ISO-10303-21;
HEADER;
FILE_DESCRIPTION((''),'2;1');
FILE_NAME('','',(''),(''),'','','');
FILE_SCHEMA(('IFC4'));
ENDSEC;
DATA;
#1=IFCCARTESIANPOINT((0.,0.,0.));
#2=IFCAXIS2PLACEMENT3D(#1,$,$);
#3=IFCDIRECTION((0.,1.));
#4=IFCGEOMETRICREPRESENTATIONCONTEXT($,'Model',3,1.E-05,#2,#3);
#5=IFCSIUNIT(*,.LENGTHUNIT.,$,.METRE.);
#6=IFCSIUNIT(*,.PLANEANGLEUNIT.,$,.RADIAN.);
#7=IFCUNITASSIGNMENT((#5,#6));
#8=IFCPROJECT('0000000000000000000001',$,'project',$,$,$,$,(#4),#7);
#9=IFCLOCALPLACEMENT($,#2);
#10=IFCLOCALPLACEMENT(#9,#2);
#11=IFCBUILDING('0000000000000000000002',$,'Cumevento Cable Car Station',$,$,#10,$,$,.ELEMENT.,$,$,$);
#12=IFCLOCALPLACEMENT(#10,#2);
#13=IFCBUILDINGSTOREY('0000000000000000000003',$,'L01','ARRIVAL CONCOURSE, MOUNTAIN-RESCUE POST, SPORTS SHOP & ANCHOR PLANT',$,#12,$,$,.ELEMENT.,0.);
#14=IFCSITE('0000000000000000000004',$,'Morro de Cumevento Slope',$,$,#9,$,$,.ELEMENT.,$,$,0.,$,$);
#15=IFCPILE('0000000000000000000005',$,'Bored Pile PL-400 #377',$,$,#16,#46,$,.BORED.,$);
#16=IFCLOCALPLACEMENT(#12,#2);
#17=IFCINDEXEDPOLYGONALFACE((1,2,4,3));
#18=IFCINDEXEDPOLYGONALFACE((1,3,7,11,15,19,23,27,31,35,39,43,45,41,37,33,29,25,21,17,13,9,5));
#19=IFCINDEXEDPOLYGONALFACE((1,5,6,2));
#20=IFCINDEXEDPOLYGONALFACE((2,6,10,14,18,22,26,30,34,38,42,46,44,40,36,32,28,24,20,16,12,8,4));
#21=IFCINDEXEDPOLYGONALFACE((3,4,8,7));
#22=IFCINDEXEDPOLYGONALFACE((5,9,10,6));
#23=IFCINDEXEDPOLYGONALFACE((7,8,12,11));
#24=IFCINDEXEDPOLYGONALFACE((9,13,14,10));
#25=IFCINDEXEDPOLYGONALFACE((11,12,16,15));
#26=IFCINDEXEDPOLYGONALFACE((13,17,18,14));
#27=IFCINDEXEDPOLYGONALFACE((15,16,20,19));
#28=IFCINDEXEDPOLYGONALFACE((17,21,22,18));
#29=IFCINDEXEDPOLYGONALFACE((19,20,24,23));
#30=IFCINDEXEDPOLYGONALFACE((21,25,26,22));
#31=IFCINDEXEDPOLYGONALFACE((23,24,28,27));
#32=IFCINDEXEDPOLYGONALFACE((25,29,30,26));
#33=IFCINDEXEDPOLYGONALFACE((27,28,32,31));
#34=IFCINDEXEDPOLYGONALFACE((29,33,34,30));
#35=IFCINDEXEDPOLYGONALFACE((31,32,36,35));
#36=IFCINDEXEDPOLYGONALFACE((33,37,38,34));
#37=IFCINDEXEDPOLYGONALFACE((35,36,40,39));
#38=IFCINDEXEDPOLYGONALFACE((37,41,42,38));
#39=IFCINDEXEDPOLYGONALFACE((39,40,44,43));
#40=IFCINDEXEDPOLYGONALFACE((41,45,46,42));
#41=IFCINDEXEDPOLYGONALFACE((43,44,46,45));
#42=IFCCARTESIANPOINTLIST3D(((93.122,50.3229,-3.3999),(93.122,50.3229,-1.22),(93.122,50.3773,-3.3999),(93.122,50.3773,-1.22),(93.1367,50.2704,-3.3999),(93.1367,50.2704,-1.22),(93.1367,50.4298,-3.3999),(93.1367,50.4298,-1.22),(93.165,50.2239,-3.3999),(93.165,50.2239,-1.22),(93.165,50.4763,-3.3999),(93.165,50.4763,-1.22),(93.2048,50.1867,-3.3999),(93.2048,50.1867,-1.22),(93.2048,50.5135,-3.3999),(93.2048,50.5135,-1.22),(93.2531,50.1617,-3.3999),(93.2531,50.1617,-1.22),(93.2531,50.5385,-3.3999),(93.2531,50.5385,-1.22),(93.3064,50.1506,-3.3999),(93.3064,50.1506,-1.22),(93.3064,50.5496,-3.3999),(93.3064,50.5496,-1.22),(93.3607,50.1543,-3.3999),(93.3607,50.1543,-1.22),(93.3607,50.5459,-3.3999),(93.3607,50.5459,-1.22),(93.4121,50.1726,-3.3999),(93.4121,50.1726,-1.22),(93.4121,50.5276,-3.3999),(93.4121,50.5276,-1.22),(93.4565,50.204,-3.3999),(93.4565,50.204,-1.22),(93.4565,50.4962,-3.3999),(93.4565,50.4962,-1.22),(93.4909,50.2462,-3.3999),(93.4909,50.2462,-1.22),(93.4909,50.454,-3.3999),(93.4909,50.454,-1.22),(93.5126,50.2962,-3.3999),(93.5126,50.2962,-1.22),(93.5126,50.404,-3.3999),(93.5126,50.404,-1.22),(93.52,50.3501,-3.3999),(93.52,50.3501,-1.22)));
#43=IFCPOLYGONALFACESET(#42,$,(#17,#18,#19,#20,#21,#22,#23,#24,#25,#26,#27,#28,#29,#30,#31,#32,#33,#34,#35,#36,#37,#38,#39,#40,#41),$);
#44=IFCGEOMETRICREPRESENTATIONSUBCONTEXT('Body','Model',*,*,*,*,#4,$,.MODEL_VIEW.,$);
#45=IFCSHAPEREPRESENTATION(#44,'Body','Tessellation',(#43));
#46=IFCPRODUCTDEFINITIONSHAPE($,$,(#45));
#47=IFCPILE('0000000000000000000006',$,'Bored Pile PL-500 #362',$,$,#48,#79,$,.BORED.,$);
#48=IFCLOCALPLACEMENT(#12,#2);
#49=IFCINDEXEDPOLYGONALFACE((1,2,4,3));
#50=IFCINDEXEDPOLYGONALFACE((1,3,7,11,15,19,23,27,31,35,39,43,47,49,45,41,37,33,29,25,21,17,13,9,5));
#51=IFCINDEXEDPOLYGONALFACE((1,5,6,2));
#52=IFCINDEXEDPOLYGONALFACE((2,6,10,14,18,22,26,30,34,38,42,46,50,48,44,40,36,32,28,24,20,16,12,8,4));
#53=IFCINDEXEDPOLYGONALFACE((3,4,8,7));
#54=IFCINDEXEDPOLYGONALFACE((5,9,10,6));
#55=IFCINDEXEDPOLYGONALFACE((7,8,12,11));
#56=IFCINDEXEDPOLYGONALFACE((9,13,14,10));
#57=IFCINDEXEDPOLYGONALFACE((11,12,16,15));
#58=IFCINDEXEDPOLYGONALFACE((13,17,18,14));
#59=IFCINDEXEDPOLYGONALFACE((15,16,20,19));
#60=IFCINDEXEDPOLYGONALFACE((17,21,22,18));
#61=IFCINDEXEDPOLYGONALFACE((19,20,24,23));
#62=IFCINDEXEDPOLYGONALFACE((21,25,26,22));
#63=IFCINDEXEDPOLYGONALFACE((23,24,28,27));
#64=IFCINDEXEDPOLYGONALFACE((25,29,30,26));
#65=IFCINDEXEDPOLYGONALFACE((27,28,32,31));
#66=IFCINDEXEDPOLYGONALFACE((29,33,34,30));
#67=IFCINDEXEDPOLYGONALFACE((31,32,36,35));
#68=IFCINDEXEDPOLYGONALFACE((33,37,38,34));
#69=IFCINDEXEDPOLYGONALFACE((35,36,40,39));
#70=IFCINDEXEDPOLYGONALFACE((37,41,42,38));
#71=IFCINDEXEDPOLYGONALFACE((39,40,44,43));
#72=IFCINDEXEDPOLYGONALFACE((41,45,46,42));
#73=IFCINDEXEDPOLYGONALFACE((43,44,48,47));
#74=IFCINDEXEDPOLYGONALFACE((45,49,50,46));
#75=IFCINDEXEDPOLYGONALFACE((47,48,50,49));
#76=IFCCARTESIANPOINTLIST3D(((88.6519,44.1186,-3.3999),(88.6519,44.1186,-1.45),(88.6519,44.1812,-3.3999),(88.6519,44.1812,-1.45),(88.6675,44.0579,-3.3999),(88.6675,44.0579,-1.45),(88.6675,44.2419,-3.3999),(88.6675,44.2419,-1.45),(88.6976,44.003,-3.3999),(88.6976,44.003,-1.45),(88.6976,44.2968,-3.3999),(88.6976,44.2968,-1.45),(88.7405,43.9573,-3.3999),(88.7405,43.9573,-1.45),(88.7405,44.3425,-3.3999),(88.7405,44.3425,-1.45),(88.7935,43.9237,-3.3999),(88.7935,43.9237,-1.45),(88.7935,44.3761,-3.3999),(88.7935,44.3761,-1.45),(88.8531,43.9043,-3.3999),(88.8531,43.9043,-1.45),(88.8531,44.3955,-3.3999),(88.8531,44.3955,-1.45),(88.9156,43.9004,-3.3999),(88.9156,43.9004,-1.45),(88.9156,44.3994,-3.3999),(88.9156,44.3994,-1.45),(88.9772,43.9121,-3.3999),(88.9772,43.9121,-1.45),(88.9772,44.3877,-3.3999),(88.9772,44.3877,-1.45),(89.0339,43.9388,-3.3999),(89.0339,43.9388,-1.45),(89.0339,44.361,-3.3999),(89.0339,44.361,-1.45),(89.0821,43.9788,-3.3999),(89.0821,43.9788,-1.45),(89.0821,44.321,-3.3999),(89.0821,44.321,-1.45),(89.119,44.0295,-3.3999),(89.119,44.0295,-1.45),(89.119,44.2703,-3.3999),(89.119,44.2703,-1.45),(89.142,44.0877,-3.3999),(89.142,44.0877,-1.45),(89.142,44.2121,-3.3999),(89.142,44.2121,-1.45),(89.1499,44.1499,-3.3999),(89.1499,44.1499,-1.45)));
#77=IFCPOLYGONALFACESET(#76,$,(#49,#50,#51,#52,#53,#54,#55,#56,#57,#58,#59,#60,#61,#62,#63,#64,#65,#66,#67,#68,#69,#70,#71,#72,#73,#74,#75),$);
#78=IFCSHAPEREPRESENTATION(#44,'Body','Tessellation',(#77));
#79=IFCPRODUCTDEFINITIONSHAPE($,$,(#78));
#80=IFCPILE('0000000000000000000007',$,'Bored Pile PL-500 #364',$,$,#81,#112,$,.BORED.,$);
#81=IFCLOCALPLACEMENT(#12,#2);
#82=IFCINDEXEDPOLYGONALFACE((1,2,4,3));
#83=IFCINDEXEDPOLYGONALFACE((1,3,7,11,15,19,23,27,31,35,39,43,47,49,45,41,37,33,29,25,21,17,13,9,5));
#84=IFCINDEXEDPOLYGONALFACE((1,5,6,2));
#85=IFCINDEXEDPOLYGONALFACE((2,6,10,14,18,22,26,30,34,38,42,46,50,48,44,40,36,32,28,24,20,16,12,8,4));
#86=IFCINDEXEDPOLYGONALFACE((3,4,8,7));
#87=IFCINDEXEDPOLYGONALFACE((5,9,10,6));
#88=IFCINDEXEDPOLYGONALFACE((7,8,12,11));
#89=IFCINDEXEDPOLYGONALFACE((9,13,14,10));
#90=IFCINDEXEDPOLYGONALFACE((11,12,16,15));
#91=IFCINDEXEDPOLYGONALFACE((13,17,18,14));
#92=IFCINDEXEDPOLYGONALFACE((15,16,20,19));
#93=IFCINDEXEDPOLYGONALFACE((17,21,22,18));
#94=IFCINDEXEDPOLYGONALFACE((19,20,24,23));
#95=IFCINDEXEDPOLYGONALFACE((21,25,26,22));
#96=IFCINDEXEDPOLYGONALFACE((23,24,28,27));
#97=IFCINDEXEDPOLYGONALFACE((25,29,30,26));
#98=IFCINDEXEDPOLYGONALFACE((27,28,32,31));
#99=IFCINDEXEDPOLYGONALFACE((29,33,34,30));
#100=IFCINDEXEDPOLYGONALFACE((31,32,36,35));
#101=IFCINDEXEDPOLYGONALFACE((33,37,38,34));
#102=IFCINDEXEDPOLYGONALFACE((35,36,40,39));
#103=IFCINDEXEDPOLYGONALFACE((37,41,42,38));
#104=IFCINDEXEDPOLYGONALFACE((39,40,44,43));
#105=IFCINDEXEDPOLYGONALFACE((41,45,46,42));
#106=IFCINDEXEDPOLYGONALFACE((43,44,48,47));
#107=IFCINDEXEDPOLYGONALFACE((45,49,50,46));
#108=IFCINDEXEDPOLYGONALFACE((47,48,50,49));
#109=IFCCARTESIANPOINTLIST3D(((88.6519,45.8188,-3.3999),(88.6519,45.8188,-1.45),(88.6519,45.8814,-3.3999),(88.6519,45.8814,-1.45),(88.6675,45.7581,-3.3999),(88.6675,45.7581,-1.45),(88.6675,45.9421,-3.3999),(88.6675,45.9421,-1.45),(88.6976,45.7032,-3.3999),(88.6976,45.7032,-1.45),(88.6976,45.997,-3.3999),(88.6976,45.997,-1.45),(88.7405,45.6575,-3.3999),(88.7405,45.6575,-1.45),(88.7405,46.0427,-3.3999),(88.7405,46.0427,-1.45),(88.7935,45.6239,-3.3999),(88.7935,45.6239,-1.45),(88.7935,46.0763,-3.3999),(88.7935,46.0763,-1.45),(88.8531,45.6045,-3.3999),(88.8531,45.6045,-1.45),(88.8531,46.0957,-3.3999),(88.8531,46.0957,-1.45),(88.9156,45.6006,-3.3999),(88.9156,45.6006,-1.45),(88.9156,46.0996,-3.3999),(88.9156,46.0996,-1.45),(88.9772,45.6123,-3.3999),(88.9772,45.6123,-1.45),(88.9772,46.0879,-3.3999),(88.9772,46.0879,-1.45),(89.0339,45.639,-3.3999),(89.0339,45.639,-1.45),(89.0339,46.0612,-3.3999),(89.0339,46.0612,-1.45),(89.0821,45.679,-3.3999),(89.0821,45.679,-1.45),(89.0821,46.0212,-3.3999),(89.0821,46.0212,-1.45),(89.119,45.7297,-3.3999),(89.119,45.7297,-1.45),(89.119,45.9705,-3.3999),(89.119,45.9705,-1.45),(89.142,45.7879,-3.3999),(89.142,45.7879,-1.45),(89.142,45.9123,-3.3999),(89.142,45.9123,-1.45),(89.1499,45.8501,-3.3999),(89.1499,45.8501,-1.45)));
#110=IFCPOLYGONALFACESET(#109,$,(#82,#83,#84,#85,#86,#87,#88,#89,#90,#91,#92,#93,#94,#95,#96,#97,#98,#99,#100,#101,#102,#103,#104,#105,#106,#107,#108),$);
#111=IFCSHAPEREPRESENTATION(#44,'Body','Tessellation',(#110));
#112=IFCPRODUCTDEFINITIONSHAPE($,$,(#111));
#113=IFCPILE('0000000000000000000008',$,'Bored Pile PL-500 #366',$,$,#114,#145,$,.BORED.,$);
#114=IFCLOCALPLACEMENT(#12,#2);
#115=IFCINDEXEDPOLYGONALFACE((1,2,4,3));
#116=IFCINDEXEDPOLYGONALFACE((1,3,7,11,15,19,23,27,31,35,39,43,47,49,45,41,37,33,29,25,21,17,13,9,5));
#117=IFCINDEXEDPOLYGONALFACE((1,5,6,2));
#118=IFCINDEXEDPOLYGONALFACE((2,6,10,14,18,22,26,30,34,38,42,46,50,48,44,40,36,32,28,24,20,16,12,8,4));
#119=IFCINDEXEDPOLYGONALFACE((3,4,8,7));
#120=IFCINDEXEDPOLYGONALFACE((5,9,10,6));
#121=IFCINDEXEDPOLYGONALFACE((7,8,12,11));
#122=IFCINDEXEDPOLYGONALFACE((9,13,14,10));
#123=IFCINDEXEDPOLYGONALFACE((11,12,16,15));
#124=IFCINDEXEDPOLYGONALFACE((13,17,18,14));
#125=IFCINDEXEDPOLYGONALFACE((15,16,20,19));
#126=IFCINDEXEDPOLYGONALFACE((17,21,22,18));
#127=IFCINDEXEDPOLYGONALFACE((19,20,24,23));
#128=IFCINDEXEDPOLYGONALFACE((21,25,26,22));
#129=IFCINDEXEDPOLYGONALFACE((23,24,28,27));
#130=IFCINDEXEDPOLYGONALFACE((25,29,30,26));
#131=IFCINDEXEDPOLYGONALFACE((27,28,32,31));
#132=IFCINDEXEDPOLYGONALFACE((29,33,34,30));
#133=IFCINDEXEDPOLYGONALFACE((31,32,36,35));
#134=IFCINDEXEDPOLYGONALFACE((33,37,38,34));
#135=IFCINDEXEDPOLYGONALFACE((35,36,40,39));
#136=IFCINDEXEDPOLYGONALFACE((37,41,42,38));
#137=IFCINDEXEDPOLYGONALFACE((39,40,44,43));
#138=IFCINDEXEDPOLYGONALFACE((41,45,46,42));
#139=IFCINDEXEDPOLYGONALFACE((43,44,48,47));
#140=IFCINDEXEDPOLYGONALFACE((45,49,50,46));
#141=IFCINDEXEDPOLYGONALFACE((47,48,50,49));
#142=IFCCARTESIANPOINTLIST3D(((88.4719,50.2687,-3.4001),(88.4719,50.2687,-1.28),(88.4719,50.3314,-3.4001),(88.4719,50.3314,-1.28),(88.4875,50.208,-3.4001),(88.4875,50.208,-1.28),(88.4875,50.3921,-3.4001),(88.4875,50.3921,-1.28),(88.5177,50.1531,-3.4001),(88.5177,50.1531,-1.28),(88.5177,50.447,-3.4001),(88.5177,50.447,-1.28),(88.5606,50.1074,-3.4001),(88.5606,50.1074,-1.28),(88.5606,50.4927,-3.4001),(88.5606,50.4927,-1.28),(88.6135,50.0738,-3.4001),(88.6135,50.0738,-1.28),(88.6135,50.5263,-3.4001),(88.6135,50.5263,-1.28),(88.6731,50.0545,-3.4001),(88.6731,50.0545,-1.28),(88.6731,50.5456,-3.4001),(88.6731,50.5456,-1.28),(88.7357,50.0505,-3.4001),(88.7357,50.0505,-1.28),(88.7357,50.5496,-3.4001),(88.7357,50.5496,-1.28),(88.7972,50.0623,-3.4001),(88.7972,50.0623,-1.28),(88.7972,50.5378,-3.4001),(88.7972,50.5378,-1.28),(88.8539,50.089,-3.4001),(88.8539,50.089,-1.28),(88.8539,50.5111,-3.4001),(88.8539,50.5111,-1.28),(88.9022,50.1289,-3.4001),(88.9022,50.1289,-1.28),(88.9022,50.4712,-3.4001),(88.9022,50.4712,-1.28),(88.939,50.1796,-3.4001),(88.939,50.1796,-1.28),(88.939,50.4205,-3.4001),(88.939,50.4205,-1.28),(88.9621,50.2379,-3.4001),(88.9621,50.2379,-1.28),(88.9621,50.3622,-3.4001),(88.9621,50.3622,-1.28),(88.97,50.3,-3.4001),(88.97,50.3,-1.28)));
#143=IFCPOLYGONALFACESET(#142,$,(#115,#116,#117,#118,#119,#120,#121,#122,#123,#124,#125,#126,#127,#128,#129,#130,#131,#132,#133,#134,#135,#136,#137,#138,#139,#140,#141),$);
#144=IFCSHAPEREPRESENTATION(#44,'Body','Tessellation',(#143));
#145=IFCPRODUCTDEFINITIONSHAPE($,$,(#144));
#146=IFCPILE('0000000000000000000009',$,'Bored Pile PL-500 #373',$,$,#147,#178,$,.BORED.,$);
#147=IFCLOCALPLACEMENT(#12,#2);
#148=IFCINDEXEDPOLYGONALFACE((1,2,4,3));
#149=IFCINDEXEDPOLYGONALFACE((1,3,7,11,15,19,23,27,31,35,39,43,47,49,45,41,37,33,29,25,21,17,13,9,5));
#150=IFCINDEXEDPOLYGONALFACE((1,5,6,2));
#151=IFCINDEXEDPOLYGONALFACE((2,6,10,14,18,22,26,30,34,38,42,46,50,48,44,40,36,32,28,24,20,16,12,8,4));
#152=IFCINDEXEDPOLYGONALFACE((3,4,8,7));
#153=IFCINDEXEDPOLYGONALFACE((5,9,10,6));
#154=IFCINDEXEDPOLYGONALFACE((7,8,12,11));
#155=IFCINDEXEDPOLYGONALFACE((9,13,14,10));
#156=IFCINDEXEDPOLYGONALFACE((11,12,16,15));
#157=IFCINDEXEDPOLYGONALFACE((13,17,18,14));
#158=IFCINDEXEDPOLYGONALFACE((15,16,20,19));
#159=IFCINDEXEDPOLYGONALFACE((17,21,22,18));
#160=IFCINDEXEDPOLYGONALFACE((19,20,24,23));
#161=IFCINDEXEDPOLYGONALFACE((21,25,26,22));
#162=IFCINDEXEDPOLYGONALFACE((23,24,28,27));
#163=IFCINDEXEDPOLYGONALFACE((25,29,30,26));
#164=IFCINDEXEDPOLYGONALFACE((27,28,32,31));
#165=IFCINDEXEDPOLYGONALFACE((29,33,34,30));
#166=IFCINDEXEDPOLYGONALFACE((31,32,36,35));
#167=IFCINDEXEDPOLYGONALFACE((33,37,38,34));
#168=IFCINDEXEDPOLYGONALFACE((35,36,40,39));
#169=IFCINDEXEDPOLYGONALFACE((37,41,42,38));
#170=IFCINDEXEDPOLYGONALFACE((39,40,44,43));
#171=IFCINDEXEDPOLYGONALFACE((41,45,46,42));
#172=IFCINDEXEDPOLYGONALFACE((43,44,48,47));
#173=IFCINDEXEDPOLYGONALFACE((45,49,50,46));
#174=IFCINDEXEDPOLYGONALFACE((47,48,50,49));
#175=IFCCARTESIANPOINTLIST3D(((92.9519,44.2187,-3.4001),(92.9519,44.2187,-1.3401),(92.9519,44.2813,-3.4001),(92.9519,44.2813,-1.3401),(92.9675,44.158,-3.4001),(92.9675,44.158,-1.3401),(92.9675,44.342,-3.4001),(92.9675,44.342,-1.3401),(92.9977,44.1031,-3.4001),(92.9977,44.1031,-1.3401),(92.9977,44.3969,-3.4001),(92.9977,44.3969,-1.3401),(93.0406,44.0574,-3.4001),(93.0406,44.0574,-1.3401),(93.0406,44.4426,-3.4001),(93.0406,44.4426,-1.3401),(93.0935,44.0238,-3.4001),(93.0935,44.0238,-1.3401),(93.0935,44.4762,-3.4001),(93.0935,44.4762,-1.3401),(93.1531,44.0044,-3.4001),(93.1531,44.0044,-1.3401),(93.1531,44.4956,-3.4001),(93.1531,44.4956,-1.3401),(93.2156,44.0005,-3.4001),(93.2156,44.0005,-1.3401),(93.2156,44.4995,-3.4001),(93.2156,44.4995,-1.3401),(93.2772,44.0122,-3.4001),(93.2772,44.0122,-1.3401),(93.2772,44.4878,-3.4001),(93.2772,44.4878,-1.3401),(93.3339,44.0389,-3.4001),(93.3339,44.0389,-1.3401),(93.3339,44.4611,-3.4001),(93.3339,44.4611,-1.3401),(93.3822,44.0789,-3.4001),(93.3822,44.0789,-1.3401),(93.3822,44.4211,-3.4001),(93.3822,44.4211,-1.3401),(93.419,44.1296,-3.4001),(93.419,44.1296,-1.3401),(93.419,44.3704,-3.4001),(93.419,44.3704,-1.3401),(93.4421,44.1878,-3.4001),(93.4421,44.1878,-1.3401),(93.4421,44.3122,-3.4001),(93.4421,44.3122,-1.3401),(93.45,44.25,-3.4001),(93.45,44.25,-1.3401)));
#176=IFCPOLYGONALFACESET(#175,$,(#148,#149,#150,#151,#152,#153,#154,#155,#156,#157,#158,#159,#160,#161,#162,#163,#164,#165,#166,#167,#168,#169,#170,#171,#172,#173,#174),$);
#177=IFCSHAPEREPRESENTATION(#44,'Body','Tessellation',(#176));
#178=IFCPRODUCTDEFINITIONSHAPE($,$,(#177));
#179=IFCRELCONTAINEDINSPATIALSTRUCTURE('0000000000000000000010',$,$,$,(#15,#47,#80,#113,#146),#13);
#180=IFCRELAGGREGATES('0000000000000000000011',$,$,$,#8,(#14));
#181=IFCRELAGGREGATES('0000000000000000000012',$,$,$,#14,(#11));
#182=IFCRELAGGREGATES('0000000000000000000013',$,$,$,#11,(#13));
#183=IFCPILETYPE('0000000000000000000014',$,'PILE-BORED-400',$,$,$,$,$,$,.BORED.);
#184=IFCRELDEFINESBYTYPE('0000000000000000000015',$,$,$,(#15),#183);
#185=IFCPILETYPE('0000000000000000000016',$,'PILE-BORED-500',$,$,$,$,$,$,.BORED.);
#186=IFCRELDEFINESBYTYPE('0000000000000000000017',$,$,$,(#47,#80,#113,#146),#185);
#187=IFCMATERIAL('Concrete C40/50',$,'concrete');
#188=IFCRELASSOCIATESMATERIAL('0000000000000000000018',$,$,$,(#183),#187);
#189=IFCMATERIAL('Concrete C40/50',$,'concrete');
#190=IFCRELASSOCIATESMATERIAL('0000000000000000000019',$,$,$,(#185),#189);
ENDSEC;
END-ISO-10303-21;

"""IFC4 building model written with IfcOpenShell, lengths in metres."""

from ifc_helpers import new_model, si_unit, direction, frame, origin, origin_2d, place, context, subcontext, project, spatial, circle, extrude, material, material_profile, profile_set, type_object, element, save


model = new_model("IFC4")

# Units and contexts
model_context = context("Model", 3, precision=1e-05, world=origin(), true_north=direction((0.0, 1.0)))
body_context = subcontext(model_context, "Body", "Model", "MODEL_VIEW")
ifc_project = project(units=[si_unit("LENGTHUNIT", "METRE"), si_unit("PLANEANGLEUNIT", "RADIAN")], contexts=[model_context])

# Site, building, storey
site_placement = place(None, origin())
site = spatial("IfcSite", under=ifc_project, at=site_placement, Name="Morro de Cumevento Slope", CompositionType="ELEMENT", RefElevation=0.0)
building_placement = place(site_placement, origin())
building = spatial("IfcBuilding", under=site, at=building_placement, Name="Cumevento Cable Car Station", CompositionType="ELEMENT")
storey_placement = place(building_placement, origin())
storey = spatial("IfcBuildingStorey", under=building, at=storey_placement, Name="L01", Description="ARRIVAL CONCOURSE, MOUNTAIN-RESCUE POST, SPORTS SHOP & ANCHOR PLANT", CompositionType="ELEMENT", Elevation=0.0)

# Piles
ifc_material_1 = material(Name="Concrete C40/50", Category="concrete")
ifc_material_profile_1 = material_profile(ifc_material_1, circle(Radius=0.2, at=origin_2d()), Name="PILE-D400")
ifc_profile_set_1 = profile_set([ifc_material_profile_1], Name="Concrete C40/50")
pile_type_1 = type_object("IfcPileType", Name="PILE-BORED-400", PredefinedType="BORED", material=ifc_profile_set_1)
pile_1_placement = place(storey_placement, frame((93.3201, 50.3501, -1.22), z_axis=(0.0, 0.0, -1.0), x_axis=(1.0, 0.0, 0.0)))
element("IfcPile", 1, at=pile_1_placement, inside=storey, type_object=pile_type_1, Name="Bored Pile PL-400 #377", PredefinedType="BORED", context=body_context, shape_type="SweptSolid", body=[
    extrude(circle(Radius=0.2, at=origin_2d()), origin(), (0.0, 0.0, 1.0), 2.1799),
])
ifc_material_2 = material(Name="Concrete C40/50", Category="concrete")
ifc_material_profile_2 = material_profile(ifc_material_2, circle(Radius=0.25, at=origin_2d()), Name="PILE-D500")
ifc_profile_set_2 = profile_set([ifc_material_profile_2], Name="Concrete C40/50")
pile_type_2 = type_object("IfcPileType", Name="PILE-BORED-500", PredefinedType="BORED", material=ifc_profile_set_2)
for number, where, z_axis, x_axis, name in (
    (2, (88.8999, 44.1499, -1.45), (0.0, 0.0, -1.0), (1.0, 0.0, 0.0), "Bored Pile PL-500 #362"),
    (3, (88.8999, 45.8501, -1.45), (0.0, 0.0, -1.0), (1.0, 0.0, 0.0), "Bored Pile PL-500 #364"),
):
    element("IfcPile", number, at=place(storey_placement, frame(where, z_axis=z_axis, x_axis=x_axis)), inside=storey, type_object=pile_type_2, Name=name, PredefinedType="BORED", context=body_context, shape_type="SweptSolid", body=[
        extrude(circle(Radius=0.25, at=origin_2d()), origin(), (0.0, 0.0, 1.0), 1.95),
    ])
pile_2_placement = place(storey_placement, frame((88.72, 50.3, -1.28), z_axis=(0.0, 0.0, -1.0), x_axis=(1.0, 0.0, 0.0)))
element("IfcPile", 4, at=pile_2_placement, inside=storey, type_object=pile_type_2, Name="Bored Pile PL-500 #366", PredefinedType="BORED", context=body_context, shape_type="SweptSolid", body=[
    extrude(circle(Radius=0.25, at=origin_2d()), origin(), (0.0, 0.0, 1.0), 2.1201),
])
for number, where, z_axis, x_axis, name in (
    (5, (93.2, 44.25, -1.3401), (0.0, 0.0, -1.0), (1.0, 0.0, 0.0), "Bored Pile PL-500 #373"),
):
    element("IfcPile", number, at=place(storey_placement, frame(where, z_axis=z_axis, x_axis=x_axis)), inside=storey, type_object=pile_type_2, Name=name, PredefinedType="BORED", context=body_context, shape_type="SweptSolid", body=[
        extrude(circle(Radius=0.25, at=origin_2d()), origin(), (0.0, 0.0, 1.0), 2.0601),
    ])

save(model, "model.ifc")
